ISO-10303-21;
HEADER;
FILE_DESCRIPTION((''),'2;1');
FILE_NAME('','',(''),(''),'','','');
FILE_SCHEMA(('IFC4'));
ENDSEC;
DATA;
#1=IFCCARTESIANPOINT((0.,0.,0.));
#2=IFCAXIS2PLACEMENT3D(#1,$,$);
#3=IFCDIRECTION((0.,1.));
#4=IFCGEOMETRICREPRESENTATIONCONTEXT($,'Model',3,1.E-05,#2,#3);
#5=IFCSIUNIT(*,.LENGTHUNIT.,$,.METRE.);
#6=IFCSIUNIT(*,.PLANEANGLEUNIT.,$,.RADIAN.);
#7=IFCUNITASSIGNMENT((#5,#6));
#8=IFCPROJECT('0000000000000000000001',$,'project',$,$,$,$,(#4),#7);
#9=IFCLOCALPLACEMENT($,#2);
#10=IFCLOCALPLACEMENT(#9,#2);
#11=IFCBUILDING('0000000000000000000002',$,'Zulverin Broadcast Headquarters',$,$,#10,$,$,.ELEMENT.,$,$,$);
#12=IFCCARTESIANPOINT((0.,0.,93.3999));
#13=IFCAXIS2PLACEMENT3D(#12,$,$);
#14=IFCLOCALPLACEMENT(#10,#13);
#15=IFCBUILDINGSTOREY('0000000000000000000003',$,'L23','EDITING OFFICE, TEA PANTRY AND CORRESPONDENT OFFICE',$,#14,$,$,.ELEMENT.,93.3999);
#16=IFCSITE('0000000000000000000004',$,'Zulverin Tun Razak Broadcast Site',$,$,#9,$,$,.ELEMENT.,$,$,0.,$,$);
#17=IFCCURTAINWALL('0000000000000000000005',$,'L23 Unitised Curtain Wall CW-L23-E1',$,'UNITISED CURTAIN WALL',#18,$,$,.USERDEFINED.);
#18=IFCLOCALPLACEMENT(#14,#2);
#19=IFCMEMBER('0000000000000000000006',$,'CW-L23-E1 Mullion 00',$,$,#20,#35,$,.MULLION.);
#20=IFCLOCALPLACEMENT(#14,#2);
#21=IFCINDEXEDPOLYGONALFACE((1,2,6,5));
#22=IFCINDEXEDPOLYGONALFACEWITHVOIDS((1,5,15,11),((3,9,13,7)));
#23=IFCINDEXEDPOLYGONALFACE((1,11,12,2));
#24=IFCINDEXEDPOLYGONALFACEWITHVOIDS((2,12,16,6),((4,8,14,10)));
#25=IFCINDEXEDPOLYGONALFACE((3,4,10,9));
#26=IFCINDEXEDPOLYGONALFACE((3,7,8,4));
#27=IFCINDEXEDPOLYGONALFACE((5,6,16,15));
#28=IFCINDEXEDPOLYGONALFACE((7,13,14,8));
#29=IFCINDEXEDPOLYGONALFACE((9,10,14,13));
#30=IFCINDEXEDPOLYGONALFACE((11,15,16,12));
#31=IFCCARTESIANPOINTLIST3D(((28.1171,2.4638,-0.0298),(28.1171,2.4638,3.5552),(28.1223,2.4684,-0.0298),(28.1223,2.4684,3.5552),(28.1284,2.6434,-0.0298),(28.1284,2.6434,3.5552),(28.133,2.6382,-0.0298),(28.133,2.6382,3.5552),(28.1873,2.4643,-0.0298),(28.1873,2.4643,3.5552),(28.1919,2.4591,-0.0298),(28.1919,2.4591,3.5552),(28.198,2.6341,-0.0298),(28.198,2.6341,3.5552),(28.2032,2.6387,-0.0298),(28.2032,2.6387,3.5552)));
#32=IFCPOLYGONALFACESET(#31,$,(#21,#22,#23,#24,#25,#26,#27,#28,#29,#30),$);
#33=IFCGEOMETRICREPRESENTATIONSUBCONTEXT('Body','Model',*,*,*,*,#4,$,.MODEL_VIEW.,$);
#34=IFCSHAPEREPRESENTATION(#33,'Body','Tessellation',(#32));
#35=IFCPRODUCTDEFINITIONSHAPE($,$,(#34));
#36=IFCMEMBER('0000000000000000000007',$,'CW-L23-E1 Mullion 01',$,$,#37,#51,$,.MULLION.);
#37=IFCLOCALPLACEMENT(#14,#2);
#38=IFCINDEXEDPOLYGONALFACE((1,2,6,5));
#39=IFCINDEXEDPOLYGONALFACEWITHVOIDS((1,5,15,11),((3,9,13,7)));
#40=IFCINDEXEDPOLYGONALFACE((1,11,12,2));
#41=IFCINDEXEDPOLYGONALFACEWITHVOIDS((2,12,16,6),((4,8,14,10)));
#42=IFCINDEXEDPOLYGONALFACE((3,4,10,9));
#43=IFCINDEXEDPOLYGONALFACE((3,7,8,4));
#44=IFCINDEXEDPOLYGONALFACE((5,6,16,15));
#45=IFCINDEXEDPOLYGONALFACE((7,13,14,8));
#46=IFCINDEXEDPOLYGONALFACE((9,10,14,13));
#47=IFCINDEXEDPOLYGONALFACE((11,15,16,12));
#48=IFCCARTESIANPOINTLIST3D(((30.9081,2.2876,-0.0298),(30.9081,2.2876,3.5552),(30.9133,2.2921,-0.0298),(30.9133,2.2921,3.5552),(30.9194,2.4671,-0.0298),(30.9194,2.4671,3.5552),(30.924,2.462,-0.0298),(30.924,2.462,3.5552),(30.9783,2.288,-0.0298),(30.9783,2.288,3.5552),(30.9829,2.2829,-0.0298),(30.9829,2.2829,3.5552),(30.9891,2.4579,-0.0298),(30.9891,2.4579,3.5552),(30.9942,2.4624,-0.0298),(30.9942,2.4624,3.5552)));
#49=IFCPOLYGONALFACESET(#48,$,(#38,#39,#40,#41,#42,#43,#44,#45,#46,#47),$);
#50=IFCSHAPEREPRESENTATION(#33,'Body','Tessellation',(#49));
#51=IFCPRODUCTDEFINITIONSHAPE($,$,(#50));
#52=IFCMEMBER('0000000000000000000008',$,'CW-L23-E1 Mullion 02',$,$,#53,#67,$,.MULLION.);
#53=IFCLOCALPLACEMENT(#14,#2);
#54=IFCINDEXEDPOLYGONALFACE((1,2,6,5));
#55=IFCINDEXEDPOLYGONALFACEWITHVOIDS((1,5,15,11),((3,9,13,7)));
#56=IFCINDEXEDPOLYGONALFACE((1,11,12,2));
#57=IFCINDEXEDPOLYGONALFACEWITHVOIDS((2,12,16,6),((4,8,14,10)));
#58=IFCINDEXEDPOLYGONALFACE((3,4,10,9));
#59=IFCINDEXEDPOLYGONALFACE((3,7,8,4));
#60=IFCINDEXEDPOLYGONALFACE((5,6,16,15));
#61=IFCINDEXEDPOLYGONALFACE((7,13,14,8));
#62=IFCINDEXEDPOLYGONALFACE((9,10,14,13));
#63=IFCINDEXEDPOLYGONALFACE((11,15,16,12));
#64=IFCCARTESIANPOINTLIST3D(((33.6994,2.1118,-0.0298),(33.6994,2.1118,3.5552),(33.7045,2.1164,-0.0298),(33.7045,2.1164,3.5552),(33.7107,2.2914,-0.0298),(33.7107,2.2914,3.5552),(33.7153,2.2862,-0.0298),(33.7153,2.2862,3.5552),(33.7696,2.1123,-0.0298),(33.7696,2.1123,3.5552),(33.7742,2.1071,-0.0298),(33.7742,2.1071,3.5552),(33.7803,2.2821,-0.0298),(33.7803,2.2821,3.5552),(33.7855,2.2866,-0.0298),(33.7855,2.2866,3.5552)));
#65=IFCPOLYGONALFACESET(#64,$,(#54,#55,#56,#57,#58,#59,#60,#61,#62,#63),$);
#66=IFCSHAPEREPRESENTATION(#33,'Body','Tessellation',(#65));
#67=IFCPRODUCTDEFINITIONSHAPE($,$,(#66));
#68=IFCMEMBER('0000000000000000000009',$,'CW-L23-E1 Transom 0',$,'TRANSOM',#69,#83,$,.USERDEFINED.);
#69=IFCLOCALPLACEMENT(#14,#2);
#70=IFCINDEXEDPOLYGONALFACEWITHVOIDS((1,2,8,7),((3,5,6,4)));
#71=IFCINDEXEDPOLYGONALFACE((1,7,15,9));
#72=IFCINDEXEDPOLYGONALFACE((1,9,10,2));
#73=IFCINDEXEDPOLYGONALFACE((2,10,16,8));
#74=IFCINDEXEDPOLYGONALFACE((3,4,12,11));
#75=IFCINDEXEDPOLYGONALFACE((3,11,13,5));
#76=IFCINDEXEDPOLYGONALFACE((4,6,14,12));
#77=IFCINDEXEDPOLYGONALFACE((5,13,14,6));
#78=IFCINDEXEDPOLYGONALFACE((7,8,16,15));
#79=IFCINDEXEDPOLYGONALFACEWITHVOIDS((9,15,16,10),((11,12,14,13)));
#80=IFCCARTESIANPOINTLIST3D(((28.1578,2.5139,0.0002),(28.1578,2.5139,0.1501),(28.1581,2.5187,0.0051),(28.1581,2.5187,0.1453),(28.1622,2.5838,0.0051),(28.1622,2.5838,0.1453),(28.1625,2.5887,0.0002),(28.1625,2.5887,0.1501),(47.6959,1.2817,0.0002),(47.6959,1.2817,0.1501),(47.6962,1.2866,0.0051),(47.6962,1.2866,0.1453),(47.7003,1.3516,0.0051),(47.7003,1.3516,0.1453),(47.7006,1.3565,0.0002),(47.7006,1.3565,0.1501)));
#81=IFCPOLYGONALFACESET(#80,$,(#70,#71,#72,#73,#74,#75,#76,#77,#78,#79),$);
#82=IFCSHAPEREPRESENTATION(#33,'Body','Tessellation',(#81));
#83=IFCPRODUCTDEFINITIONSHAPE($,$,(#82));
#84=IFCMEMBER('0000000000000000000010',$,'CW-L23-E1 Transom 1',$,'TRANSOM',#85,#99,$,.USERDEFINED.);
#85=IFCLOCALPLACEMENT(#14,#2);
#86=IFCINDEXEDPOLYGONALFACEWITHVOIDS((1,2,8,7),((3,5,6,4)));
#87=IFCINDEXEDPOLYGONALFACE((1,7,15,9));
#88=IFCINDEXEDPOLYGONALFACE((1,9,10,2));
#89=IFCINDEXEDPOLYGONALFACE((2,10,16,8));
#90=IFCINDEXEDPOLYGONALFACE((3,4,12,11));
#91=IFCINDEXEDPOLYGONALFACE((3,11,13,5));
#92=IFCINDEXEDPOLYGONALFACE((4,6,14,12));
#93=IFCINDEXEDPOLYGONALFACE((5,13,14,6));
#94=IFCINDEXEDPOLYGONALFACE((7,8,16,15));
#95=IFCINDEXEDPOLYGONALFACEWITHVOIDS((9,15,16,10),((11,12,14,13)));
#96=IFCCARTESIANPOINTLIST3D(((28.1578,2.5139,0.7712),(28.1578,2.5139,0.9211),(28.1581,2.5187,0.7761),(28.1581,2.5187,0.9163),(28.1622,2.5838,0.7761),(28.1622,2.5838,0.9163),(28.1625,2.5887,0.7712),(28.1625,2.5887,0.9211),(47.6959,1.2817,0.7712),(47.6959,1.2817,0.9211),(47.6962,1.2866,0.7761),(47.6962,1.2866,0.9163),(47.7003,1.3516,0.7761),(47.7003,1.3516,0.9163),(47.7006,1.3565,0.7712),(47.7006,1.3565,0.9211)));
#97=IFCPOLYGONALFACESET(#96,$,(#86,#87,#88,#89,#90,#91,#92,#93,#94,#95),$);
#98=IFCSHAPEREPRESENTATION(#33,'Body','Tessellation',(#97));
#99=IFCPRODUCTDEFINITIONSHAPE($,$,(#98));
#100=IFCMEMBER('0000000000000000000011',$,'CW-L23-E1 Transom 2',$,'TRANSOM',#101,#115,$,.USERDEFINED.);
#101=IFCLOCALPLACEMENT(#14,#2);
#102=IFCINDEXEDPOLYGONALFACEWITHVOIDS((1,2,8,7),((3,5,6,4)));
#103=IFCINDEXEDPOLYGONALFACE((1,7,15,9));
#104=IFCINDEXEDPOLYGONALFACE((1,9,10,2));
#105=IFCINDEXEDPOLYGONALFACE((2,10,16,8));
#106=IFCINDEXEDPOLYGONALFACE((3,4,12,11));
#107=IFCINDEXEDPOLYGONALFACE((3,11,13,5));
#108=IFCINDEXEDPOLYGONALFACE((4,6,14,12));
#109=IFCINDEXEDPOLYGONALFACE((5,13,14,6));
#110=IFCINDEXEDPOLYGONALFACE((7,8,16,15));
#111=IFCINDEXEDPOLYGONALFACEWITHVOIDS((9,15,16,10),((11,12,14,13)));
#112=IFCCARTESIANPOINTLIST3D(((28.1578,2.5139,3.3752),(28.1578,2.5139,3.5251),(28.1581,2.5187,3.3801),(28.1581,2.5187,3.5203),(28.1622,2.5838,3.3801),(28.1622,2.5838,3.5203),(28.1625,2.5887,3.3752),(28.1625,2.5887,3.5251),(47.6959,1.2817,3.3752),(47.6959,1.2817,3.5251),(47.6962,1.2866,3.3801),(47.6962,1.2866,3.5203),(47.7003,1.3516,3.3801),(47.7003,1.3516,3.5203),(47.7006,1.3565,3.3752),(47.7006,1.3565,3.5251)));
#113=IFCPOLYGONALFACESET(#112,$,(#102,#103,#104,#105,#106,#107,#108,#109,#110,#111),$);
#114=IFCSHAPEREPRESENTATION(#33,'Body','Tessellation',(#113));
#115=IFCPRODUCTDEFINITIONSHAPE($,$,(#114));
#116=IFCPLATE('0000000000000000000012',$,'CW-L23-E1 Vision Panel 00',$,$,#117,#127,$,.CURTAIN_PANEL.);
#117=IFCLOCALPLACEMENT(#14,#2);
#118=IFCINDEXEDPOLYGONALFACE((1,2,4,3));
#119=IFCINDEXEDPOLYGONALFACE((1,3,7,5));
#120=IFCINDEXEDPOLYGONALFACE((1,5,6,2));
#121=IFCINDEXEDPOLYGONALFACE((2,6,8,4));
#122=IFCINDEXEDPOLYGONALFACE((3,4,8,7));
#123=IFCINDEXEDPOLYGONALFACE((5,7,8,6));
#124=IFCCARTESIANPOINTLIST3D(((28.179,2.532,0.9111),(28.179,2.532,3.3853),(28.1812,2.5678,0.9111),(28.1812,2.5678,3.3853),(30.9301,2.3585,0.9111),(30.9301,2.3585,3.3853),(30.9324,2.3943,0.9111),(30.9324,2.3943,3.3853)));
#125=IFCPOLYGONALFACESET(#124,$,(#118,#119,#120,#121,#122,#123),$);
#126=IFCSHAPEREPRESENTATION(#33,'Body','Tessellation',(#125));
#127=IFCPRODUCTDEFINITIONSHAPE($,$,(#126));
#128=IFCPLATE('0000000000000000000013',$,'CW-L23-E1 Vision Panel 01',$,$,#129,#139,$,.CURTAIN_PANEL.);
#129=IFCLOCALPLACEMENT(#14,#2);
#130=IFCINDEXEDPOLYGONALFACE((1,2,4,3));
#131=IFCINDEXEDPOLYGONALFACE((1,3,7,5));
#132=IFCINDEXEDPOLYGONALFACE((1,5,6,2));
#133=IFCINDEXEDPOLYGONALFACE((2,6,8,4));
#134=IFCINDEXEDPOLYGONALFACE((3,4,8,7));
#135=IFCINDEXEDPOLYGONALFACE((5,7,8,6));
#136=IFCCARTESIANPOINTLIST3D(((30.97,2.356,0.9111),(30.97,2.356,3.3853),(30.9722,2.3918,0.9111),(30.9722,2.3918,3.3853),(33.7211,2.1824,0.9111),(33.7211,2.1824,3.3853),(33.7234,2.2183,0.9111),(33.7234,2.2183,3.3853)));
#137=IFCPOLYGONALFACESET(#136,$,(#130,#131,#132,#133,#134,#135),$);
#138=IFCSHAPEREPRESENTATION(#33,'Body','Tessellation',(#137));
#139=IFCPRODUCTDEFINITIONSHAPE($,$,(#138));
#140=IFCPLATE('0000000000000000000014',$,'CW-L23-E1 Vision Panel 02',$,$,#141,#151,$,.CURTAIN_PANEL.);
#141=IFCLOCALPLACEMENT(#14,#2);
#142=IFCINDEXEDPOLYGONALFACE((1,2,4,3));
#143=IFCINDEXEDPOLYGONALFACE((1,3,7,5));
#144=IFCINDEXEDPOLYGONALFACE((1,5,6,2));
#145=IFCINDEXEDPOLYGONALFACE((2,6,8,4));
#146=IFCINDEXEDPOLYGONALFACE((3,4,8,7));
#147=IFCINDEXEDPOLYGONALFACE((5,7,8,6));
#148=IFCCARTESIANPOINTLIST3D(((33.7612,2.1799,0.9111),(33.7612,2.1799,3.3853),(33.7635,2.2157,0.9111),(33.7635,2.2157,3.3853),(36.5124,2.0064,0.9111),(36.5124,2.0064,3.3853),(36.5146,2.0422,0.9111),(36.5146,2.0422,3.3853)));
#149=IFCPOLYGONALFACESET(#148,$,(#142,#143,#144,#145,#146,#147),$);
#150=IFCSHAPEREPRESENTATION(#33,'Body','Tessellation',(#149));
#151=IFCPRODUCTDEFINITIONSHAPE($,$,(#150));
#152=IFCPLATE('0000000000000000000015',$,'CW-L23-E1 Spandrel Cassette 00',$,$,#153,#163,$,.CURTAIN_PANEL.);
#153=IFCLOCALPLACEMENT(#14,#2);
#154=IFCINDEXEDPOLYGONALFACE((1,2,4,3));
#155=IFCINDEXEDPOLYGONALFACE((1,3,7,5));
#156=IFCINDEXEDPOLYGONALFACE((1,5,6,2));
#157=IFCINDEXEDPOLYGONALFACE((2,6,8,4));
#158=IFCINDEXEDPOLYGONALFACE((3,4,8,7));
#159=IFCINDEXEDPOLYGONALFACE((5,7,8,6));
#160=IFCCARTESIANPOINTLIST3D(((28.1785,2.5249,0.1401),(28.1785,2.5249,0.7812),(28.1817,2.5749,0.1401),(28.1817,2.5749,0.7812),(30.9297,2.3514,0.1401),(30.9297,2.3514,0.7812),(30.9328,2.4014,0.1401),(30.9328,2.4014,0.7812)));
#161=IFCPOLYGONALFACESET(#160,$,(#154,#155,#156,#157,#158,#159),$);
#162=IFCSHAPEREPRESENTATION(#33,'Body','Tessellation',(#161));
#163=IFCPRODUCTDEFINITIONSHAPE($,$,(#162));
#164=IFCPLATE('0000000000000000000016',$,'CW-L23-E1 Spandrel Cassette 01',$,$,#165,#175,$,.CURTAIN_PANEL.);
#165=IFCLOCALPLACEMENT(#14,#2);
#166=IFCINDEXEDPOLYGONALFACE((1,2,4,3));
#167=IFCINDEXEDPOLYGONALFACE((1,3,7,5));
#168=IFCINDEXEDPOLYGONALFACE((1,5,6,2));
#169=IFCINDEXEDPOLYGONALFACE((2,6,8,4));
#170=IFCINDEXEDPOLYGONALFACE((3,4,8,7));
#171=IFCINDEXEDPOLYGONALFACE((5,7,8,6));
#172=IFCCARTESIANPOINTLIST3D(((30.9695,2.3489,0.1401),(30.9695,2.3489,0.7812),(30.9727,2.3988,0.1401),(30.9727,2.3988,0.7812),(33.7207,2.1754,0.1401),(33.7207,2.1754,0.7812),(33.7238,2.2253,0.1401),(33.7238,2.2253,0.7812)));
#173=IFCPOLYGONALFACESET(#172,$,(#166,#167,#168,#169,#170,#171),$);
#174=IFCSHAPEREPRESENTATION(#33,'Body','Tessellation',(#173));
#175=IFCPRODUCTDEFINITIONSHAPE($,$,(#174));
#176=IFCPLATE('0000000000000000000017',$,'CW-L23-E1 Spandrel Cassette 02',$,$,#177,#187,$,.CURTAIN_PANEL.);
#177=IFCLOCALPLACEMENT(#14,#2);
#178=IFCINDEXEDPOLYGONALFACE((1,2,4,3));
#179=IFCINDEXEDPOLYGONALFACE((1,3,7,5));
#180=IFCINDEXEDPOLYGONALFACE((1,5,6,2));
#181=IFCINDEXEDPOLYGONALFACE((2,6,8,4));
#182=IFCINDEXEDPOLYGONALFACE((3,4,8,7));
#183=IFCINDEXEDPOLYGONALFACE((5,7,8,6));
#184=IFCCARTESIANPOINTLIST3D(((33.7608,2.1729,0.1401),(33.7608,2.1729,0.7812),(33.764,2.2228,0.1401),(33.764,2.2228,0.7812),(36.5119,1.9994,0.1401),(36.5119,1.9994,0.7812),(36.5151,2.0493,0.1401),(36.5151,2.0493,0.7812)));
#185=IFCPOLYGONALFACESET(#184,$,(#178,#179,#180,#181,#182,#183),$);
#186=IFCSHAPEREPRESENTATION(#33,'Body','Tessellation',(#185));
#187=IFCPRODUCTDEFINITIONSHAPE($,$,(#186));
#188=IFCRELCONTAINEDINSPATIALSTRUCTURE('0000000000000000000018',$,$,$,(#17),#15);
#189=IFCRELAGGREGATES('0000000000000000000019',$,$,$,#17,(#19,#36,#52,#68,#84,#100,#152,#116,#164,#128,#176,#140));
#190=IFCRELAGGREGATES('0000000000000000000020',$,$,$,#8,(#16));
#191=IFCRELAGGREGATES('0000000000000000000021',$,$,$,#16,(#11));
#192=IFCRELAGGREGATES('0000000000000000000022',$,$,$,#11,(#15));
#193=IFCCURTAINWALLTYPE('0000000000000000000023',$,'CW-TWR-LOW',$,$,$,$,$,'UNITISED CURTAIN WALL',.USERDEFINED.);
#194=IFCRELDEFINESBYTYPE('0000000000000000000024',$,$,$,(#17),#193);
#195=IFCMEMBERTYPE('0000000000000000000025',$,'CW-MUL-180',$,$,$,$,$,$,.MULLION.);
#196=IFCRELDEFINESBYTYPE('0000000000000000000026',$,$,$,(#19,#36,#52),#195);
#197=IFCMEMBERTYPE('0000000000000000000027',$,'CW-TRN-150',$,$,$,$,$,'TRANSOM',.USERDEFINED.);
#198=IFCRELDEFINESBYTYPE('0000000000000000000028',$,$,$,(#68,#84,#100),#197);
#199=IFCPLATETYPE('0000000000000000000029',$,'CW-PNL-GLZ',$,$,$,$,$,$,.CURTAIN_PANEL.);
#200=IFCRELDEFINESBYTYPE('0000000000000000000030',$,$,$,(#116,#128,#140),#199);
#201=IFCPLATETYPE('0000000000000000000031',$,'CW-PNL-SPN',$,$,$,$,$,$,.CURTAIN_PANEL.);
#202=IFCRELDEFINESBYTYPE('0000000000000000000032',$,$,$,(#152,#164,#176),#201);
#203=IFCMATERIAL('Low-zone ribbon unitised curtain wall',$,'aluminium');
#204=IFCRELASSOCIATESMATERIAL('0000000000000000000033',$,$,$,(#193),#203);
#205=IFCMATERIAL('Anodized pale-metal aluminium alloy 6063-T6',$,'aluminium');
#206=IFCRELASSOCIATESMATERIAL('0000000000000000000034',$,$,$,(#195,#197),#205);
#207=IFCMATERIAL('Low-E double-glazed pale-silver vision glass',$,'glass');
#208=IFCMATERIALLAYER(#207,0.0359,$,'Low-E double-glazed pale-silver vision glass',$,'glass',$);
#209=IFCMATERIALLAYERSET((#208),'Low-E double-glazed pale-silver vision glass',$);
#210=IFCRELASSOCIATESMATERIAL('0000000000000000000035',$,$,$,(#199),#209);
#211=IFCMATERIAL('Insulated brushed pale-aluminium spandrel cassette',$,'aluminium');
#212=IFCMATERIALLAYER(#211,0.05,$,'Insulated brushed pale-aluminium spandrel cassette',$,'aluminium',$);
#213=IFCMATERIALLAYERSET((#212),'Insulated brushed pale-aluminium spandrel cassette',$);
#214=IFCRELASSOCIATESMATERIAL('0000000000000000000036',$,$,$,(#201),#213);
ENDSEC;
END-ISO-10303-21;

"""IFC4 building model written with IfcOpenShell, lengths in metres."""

from ifc_helpers import new_model, si_unit, direction, frame, origin, origin_2d, place, context, subcontext, project, spatial, rectangle, hollow_rectangle, extrude, material, layer, layer_set, material_profile, profile_set, type_object, element, aggregate, save


model = new_model("IFC4")

# Units and contexts
model_context = context("Model", 3, precision=1e-05, world=origin(), true_north=direction((0.0, 1.0)))
body_context = subcontext(model_context, "Body", "Model", "MODEL_VIEW")
ifc_project = project(units=[si_unit("LENGTHUNIT", "METRE"), si_unit("PLANEANGLEUNIT", "RADIAN")], contexts=[model_context])

# Site, building, storey
site_placement = place(None, origin())
site = spatial("IfcSite", under=ifc_project, at=site_placement, Name="Zulverin Tun Razak Broadcast Site", CompositionType="ELEMENT", RefElevation=0.0)
building_placement = place(site_placement, origin())
building = spatial("IfcBuilding", under=site, at=building_placement, Name="Zulverin Broadcast Headquarters", CompositionType="ELEMENT")
storey_placement = place(building_placement, frame((0.0, 0.0, 93.3999)))
storey = spatial("IfcBuildingStorey", under=building, at=storey_placement, Name="L23", Description="EDITING OFFICE, TEA PANTRY AND CORRESPONDENT OFFICE", CompositionType="ELEMENT", Elevation=93.3999)

# Curtain wall, members, plates
ifc_material_1 = material(Name="Low-zone ribbon unitised curtain wall", Category="aluminium")
curtain_wall_type = type_object("IfcCurtainWallType", Name="CW-TWR-LOW", ElementType="UNITISED CURTAIN WALL", PredefinedType="USERDEFINED", material=ifc_material_1)
curtain_wall_placement = place(storey_placement, origin())
curtain_wall = element("IfcCurtainWall", 1, at=curtain_wall_placement, inside=storey, type_object=curtain_wall_type, Name="L23 Unitised Curtain Wall CW-L23-E1", ObjectType="UNITISED CURTAIN WALL", PredefinedType="USERDEFINED")
ifc_material_2 = material(Name="Anodized pale-metal aluminium alloy 6063-T6", Category="aluminium")
ifc_material_profile_1 = material_profile(ifc_material_2, hollow_rectangle(XDim=0.075, YDim=0.1799, WallThickness=0.0049, at=origin_2d()), Name="Anodized pale-metal aluminium alloy 6063-T6", Category="aluminium")
ifc_profile_set_1 = profile_set([ifc_material_profile_1], Name="Anodized pale-metal aluminium alloy 6063-T6")
member_type_1 = type_object("IfcMemberType", Name="CW-MUL-180", PredefinedType="MULLION", material=ifc_profile_set_1)
member_1_placement = place(storey_placement, frame((28.1602, 2.5513, -0.0298), z_axis=(0.0, 0.0, 1.0), x_axis=(0.998017, -0.062942, 0.0)))
member_1 = element("IfcMember", 2, at=member_1_placement, type_object=member_type_1, Name="CW-L23-E1 Mullion 00", PredefinedType="MULLION", context=body_context, shape_type="SweptSolid", body=[
    extrude(hollow_rectangle(XDim=0.075, YDim=0.1799, WallThickness=0.0049, at=origin_2d()), origin(), (0.0, 0.0, 1.0), 3.585),
])
member_2_placement = place(storey_placement, frame((30.9512, 2.375, -0.0298), z_axis=(0.0, 0.0, 1.0), x_axis=(0.998017, -0.062942, 0.0)))
member_2 = element("IfcMember", 3, at=member_2_placement, type_object=member_type_1, Name="CW-L23-E1 Mullion 01", PredefinedType="MULLION", context=body_context, shape_type="SweptSolid", body=[
    extrude(hollow_rectangle(XDim=0.075, YDim=0.1799, WallThickness=0.0049, at=origin_2d()), origin(), (0.0, 0.0, 1.0), 3.585),
])
member_3_placement = place(storey_placement, frame((33.7424, 2.1992, -0.0298), z_axis=(0.0, 0.0, 1.0), x_axis=(0.998017, -0.062942, 0.0)))
member_3 = element("IfcMember", 4, at=member_3_placement, type_object=member_type_1, Name="CW-L23-E1 Mullion 02", PredefinedType="MULLION", context=body_context, shape_type="SweptSolid", body=[
    extrude(hollow_rectangle(XDim=0.075, YDim=0.1799, WallThickness=0.0049, at=origin_2d()), origin(), (0.0, 0.0, 1.0), 3.585),
])
ifc_material_profile_2 = material_profile(ifc_material_2, hollow_rectangle(XDim=0.075, YDim=0.1499, WallThickness=0.0049, at=origin_2d()), Name="Anodized pale-metal aluminium alloy 6063-T6", Category="aluminium")
ifc_profile_set_2 = profile_set([ifc_material_profile_2], Name="Anodized pale-metal aluminium alloy 6063-T6")
member_type_2 = type_object("IfcMemberType", Name="CW-TRN-150", ElementType="TRANSOM", PredefinedType="USERDEFINED", material=ifc_profile_set_2)
member_4_placement = place(storey_placement, frame((28.1602, 2.5513, 0.0752), z_axis=(0.998017, -0.06294, 0.0), x_axis=(0.06294, 0.998017, 0.0)))
member_4 = element("IfcMember", 5, at=member_4_placement, type_object=member_type_2, Name="CW-L23-E1 Transom 0", ObjectType="TRANSOM", PredefinedType="USERDEFINED", context=body_context, shape_type="SweptSolid", body=[
    extrude(hollow_rectangle(XDim=0.075, YDim=0.1499, WallThickness=0.0049, at=origin_2d()), origin(), (0.0, 0.0, 1.0), 19.5769),
])
member_5_placement = place(storey_placement, frame((28.1602, 2.5513, 0.8462), z_axis=(0.998017, -0.06294, 0.0), x_axis=(0.06294, 0.998017, 0.0)))
member_5 = element("IfcMember", 6, at=member_5_placement, type_object=member_type_2, Name="CW-L23-E1 Transom 1", ObjectType="TRANSOM", PredefinedType="USERDEFINED", context=body_context, shape_type="SweptSolid", body=[
    extrude(hollow_rectangle(XDim=0.075, YDim=0.1499, WallThickness=0.0049, at=origin_2d()), origin(), (0.0, 0.0, 1.0), 19.5769),
])
member_6_placement = place(storey_placement, frame((28.1602, 2.5513, 3.4502), z_axis=(0.998017, -0.06294, 0.0), x_axis=(0.06294, 0.998017, 0.0)))
member_6 = element("IfcMember", 7, at=member_6_placement, type_object=member_type_2, Name="CW-L23-E1 Transom 2", ObjectType="TRANSOM", PredefinedType="USERDEFINED", context=body_context, shape_type="SweptSolid", body=[
    extrude(hollow_rectangle(XDim=0.075, YDim=0.1499, WallThickness=0.0049, at=origin_2d()), origin(), (0.0, 0.0, 1.0), 19.5769),
])
ifc_material_3 = material(Name="Low-E double-glazed pale-silver vision glass", Category="glass")
ifc_layer_1 = layer(ifc_material_3, 0.0359, Name="Low-E double-glazed pale-silver vision glass", Category="glass")
ifc_layer_set_1 = layer_set([ifc_layer_1], Name="Low-E double-glazed pale-silver vision glass")
plate_type_1 = type_object("IfcPlateType", Name="CW-PNL-GLZ", PredefinedType="CURTAIN_PANEL", material=ifc_layer_set_1)
plate_1_placement = place(storey_placement, frame((29.5557, 2.4631, 0.9111), z_axis=(0.0, 0.0, 1.0), x_axis=(0.998017, -0.062942, 0.0)))
plate_1 = element("IfcPlate", 8, at=plate_1_placement, type_object=plate_type_1, Name="CW-L23-E1 Vision Panel 00", PredefinedType="CURTAIN_PANEL", context=body_context, shape_type="SweptSolid", body=[
    extrude(rectangle(XDim=2.7566, YDim=0.0359, at=origin_2d()), origin(), (0.0, 0.0, 1.0), 2.4741),
])
plate_2_placement = place(storey_placement, frame((32.3467, 2.2871, 0.9111), z_axis=(0.0, 0.0, 1.0), x_axis=(0.998017, -0.062942, 0.0)))
plate_2 = element("IfcPlate", 9, at=plate_2_placement, type_object=plate_type_1, Name="CW-L23-E1 Vision Panel 01", PredefinedType="CURTAIN_PANEL", context=body_context, shape_type="SweptSolid", body=[
    extrude(rectangle(XDim=2.7566, YDim=0.0359, at=origin_2d()), origin(), (0.0, 0.0, 1.0), 2.4741),
])
plate_3_placement = place(storey_placement, frame((35.1379, 2.1111, 0.9111), z_axis=(0.0, 0.0, 1.0), x_axis=(0.998017, -0.062942, 0.0)))
plate_3 = element("IfcPlate", 10, at=plate_3_placement, type_object=plate_type_1, Name="CW-L23-E1 Vision Panel 02", PredefinedType="CURTAIN_PANEL", context=body_context, shape_type="SweptSolid", body=[
    extrude(rectangle(XDim=2.7566, YDim=0.0359, at=origin_2d()), origin(), (0.0, 0.0, 1.0), 2.4741),
])
ifc_material_4 = material(Name="Insulated brushed pale-aluminium spandrel cassette", Category="aluminium")
ifc_layer_2 = layer(ifc_material_4, 0.05, Name="Insulated brushed pale-aluminium spandrel cassette", Category="aluminium")
ifc_layer_set_2 = layer_set([ifc_layer_2], Name="Insulated brushed pale-aluminium spandrel cassette")
plate_type_2 = type_object("IfcPlateType", Name="CW-PNL-SPN", PredefinedType="CURTAIN_PANEL", material=ifc_layer_set_2)
plate_4_placement = place(storey_placement, frame((29.5557, 2.4631, 0.1401), z_axis=(0.0, 0.0, 1.0), x_axis=(0.998017, -0.062942, 0.0)))
plate_4 = element("IfcPlate", 11, at=plate_4_placement, type_object=plate_type_2, Name="CW-L23-E1 Spandrel Cassette 00", PredefinedType="CURTAIN_PANEL", context=body_context, shape_type="SweptSolid", body=[
    extrude(rectangle(XDim=2.7566, YDim=0.05, at=origin_2d()), origin(), (0.0, 0.0, 1.0), 0.6411),
])
plate_5_placement = place(storey_placement, frame((32.3467, 2.2871, 0.1401), z_axis=(0.0, 0.0, 1.0), x_axis=(0.998017, -0.062942, 0.0)))
plate_5 = element("IfcPlate", 12, at=plate_5_placement, type_object=plate_type_2, Name="CW-L23-E1 Spandrel Cassette 01", PredefinedType="CURTAIN_PANEL", context=body_context, shape_type="SweptSolid", body=[
    extrude(rectangle(XDim=2.7566, YDim=0.05, at=origin_2d()), origin(), (0.0, 0.0, 1.0), 0.6411),
])
plate_6_placement = place(storey_placement, frame((35.1379, 2.1111, 0.1401), z_axis=(0.0, 0.0, 1.0), x_axis=(0.998017, -0.062942, 0.0)))
plate_6 = element("IfcPlate", 13, at=plate_6_placement, type_object=plate_type_2, Name="CW-L23-E1 Spandrel Cassette 02", PredefinedType="CURTAIN_PANEL", context=body_context, shape_type="SweptSolid", body=[
    extrude(rectangle(XDim=2.7566, YDim=0.05, at=origin_2d()), origin(), (0.0, 0.0, 1.0), 0.6411),
])
aggregate(curtain_wall, [member_1, member_2, member_3, member_4, member_5, member_6, plate_4, plate_1, plate_5, plate_2, plate_6, plate_3])

save(model, "model.ifc")
